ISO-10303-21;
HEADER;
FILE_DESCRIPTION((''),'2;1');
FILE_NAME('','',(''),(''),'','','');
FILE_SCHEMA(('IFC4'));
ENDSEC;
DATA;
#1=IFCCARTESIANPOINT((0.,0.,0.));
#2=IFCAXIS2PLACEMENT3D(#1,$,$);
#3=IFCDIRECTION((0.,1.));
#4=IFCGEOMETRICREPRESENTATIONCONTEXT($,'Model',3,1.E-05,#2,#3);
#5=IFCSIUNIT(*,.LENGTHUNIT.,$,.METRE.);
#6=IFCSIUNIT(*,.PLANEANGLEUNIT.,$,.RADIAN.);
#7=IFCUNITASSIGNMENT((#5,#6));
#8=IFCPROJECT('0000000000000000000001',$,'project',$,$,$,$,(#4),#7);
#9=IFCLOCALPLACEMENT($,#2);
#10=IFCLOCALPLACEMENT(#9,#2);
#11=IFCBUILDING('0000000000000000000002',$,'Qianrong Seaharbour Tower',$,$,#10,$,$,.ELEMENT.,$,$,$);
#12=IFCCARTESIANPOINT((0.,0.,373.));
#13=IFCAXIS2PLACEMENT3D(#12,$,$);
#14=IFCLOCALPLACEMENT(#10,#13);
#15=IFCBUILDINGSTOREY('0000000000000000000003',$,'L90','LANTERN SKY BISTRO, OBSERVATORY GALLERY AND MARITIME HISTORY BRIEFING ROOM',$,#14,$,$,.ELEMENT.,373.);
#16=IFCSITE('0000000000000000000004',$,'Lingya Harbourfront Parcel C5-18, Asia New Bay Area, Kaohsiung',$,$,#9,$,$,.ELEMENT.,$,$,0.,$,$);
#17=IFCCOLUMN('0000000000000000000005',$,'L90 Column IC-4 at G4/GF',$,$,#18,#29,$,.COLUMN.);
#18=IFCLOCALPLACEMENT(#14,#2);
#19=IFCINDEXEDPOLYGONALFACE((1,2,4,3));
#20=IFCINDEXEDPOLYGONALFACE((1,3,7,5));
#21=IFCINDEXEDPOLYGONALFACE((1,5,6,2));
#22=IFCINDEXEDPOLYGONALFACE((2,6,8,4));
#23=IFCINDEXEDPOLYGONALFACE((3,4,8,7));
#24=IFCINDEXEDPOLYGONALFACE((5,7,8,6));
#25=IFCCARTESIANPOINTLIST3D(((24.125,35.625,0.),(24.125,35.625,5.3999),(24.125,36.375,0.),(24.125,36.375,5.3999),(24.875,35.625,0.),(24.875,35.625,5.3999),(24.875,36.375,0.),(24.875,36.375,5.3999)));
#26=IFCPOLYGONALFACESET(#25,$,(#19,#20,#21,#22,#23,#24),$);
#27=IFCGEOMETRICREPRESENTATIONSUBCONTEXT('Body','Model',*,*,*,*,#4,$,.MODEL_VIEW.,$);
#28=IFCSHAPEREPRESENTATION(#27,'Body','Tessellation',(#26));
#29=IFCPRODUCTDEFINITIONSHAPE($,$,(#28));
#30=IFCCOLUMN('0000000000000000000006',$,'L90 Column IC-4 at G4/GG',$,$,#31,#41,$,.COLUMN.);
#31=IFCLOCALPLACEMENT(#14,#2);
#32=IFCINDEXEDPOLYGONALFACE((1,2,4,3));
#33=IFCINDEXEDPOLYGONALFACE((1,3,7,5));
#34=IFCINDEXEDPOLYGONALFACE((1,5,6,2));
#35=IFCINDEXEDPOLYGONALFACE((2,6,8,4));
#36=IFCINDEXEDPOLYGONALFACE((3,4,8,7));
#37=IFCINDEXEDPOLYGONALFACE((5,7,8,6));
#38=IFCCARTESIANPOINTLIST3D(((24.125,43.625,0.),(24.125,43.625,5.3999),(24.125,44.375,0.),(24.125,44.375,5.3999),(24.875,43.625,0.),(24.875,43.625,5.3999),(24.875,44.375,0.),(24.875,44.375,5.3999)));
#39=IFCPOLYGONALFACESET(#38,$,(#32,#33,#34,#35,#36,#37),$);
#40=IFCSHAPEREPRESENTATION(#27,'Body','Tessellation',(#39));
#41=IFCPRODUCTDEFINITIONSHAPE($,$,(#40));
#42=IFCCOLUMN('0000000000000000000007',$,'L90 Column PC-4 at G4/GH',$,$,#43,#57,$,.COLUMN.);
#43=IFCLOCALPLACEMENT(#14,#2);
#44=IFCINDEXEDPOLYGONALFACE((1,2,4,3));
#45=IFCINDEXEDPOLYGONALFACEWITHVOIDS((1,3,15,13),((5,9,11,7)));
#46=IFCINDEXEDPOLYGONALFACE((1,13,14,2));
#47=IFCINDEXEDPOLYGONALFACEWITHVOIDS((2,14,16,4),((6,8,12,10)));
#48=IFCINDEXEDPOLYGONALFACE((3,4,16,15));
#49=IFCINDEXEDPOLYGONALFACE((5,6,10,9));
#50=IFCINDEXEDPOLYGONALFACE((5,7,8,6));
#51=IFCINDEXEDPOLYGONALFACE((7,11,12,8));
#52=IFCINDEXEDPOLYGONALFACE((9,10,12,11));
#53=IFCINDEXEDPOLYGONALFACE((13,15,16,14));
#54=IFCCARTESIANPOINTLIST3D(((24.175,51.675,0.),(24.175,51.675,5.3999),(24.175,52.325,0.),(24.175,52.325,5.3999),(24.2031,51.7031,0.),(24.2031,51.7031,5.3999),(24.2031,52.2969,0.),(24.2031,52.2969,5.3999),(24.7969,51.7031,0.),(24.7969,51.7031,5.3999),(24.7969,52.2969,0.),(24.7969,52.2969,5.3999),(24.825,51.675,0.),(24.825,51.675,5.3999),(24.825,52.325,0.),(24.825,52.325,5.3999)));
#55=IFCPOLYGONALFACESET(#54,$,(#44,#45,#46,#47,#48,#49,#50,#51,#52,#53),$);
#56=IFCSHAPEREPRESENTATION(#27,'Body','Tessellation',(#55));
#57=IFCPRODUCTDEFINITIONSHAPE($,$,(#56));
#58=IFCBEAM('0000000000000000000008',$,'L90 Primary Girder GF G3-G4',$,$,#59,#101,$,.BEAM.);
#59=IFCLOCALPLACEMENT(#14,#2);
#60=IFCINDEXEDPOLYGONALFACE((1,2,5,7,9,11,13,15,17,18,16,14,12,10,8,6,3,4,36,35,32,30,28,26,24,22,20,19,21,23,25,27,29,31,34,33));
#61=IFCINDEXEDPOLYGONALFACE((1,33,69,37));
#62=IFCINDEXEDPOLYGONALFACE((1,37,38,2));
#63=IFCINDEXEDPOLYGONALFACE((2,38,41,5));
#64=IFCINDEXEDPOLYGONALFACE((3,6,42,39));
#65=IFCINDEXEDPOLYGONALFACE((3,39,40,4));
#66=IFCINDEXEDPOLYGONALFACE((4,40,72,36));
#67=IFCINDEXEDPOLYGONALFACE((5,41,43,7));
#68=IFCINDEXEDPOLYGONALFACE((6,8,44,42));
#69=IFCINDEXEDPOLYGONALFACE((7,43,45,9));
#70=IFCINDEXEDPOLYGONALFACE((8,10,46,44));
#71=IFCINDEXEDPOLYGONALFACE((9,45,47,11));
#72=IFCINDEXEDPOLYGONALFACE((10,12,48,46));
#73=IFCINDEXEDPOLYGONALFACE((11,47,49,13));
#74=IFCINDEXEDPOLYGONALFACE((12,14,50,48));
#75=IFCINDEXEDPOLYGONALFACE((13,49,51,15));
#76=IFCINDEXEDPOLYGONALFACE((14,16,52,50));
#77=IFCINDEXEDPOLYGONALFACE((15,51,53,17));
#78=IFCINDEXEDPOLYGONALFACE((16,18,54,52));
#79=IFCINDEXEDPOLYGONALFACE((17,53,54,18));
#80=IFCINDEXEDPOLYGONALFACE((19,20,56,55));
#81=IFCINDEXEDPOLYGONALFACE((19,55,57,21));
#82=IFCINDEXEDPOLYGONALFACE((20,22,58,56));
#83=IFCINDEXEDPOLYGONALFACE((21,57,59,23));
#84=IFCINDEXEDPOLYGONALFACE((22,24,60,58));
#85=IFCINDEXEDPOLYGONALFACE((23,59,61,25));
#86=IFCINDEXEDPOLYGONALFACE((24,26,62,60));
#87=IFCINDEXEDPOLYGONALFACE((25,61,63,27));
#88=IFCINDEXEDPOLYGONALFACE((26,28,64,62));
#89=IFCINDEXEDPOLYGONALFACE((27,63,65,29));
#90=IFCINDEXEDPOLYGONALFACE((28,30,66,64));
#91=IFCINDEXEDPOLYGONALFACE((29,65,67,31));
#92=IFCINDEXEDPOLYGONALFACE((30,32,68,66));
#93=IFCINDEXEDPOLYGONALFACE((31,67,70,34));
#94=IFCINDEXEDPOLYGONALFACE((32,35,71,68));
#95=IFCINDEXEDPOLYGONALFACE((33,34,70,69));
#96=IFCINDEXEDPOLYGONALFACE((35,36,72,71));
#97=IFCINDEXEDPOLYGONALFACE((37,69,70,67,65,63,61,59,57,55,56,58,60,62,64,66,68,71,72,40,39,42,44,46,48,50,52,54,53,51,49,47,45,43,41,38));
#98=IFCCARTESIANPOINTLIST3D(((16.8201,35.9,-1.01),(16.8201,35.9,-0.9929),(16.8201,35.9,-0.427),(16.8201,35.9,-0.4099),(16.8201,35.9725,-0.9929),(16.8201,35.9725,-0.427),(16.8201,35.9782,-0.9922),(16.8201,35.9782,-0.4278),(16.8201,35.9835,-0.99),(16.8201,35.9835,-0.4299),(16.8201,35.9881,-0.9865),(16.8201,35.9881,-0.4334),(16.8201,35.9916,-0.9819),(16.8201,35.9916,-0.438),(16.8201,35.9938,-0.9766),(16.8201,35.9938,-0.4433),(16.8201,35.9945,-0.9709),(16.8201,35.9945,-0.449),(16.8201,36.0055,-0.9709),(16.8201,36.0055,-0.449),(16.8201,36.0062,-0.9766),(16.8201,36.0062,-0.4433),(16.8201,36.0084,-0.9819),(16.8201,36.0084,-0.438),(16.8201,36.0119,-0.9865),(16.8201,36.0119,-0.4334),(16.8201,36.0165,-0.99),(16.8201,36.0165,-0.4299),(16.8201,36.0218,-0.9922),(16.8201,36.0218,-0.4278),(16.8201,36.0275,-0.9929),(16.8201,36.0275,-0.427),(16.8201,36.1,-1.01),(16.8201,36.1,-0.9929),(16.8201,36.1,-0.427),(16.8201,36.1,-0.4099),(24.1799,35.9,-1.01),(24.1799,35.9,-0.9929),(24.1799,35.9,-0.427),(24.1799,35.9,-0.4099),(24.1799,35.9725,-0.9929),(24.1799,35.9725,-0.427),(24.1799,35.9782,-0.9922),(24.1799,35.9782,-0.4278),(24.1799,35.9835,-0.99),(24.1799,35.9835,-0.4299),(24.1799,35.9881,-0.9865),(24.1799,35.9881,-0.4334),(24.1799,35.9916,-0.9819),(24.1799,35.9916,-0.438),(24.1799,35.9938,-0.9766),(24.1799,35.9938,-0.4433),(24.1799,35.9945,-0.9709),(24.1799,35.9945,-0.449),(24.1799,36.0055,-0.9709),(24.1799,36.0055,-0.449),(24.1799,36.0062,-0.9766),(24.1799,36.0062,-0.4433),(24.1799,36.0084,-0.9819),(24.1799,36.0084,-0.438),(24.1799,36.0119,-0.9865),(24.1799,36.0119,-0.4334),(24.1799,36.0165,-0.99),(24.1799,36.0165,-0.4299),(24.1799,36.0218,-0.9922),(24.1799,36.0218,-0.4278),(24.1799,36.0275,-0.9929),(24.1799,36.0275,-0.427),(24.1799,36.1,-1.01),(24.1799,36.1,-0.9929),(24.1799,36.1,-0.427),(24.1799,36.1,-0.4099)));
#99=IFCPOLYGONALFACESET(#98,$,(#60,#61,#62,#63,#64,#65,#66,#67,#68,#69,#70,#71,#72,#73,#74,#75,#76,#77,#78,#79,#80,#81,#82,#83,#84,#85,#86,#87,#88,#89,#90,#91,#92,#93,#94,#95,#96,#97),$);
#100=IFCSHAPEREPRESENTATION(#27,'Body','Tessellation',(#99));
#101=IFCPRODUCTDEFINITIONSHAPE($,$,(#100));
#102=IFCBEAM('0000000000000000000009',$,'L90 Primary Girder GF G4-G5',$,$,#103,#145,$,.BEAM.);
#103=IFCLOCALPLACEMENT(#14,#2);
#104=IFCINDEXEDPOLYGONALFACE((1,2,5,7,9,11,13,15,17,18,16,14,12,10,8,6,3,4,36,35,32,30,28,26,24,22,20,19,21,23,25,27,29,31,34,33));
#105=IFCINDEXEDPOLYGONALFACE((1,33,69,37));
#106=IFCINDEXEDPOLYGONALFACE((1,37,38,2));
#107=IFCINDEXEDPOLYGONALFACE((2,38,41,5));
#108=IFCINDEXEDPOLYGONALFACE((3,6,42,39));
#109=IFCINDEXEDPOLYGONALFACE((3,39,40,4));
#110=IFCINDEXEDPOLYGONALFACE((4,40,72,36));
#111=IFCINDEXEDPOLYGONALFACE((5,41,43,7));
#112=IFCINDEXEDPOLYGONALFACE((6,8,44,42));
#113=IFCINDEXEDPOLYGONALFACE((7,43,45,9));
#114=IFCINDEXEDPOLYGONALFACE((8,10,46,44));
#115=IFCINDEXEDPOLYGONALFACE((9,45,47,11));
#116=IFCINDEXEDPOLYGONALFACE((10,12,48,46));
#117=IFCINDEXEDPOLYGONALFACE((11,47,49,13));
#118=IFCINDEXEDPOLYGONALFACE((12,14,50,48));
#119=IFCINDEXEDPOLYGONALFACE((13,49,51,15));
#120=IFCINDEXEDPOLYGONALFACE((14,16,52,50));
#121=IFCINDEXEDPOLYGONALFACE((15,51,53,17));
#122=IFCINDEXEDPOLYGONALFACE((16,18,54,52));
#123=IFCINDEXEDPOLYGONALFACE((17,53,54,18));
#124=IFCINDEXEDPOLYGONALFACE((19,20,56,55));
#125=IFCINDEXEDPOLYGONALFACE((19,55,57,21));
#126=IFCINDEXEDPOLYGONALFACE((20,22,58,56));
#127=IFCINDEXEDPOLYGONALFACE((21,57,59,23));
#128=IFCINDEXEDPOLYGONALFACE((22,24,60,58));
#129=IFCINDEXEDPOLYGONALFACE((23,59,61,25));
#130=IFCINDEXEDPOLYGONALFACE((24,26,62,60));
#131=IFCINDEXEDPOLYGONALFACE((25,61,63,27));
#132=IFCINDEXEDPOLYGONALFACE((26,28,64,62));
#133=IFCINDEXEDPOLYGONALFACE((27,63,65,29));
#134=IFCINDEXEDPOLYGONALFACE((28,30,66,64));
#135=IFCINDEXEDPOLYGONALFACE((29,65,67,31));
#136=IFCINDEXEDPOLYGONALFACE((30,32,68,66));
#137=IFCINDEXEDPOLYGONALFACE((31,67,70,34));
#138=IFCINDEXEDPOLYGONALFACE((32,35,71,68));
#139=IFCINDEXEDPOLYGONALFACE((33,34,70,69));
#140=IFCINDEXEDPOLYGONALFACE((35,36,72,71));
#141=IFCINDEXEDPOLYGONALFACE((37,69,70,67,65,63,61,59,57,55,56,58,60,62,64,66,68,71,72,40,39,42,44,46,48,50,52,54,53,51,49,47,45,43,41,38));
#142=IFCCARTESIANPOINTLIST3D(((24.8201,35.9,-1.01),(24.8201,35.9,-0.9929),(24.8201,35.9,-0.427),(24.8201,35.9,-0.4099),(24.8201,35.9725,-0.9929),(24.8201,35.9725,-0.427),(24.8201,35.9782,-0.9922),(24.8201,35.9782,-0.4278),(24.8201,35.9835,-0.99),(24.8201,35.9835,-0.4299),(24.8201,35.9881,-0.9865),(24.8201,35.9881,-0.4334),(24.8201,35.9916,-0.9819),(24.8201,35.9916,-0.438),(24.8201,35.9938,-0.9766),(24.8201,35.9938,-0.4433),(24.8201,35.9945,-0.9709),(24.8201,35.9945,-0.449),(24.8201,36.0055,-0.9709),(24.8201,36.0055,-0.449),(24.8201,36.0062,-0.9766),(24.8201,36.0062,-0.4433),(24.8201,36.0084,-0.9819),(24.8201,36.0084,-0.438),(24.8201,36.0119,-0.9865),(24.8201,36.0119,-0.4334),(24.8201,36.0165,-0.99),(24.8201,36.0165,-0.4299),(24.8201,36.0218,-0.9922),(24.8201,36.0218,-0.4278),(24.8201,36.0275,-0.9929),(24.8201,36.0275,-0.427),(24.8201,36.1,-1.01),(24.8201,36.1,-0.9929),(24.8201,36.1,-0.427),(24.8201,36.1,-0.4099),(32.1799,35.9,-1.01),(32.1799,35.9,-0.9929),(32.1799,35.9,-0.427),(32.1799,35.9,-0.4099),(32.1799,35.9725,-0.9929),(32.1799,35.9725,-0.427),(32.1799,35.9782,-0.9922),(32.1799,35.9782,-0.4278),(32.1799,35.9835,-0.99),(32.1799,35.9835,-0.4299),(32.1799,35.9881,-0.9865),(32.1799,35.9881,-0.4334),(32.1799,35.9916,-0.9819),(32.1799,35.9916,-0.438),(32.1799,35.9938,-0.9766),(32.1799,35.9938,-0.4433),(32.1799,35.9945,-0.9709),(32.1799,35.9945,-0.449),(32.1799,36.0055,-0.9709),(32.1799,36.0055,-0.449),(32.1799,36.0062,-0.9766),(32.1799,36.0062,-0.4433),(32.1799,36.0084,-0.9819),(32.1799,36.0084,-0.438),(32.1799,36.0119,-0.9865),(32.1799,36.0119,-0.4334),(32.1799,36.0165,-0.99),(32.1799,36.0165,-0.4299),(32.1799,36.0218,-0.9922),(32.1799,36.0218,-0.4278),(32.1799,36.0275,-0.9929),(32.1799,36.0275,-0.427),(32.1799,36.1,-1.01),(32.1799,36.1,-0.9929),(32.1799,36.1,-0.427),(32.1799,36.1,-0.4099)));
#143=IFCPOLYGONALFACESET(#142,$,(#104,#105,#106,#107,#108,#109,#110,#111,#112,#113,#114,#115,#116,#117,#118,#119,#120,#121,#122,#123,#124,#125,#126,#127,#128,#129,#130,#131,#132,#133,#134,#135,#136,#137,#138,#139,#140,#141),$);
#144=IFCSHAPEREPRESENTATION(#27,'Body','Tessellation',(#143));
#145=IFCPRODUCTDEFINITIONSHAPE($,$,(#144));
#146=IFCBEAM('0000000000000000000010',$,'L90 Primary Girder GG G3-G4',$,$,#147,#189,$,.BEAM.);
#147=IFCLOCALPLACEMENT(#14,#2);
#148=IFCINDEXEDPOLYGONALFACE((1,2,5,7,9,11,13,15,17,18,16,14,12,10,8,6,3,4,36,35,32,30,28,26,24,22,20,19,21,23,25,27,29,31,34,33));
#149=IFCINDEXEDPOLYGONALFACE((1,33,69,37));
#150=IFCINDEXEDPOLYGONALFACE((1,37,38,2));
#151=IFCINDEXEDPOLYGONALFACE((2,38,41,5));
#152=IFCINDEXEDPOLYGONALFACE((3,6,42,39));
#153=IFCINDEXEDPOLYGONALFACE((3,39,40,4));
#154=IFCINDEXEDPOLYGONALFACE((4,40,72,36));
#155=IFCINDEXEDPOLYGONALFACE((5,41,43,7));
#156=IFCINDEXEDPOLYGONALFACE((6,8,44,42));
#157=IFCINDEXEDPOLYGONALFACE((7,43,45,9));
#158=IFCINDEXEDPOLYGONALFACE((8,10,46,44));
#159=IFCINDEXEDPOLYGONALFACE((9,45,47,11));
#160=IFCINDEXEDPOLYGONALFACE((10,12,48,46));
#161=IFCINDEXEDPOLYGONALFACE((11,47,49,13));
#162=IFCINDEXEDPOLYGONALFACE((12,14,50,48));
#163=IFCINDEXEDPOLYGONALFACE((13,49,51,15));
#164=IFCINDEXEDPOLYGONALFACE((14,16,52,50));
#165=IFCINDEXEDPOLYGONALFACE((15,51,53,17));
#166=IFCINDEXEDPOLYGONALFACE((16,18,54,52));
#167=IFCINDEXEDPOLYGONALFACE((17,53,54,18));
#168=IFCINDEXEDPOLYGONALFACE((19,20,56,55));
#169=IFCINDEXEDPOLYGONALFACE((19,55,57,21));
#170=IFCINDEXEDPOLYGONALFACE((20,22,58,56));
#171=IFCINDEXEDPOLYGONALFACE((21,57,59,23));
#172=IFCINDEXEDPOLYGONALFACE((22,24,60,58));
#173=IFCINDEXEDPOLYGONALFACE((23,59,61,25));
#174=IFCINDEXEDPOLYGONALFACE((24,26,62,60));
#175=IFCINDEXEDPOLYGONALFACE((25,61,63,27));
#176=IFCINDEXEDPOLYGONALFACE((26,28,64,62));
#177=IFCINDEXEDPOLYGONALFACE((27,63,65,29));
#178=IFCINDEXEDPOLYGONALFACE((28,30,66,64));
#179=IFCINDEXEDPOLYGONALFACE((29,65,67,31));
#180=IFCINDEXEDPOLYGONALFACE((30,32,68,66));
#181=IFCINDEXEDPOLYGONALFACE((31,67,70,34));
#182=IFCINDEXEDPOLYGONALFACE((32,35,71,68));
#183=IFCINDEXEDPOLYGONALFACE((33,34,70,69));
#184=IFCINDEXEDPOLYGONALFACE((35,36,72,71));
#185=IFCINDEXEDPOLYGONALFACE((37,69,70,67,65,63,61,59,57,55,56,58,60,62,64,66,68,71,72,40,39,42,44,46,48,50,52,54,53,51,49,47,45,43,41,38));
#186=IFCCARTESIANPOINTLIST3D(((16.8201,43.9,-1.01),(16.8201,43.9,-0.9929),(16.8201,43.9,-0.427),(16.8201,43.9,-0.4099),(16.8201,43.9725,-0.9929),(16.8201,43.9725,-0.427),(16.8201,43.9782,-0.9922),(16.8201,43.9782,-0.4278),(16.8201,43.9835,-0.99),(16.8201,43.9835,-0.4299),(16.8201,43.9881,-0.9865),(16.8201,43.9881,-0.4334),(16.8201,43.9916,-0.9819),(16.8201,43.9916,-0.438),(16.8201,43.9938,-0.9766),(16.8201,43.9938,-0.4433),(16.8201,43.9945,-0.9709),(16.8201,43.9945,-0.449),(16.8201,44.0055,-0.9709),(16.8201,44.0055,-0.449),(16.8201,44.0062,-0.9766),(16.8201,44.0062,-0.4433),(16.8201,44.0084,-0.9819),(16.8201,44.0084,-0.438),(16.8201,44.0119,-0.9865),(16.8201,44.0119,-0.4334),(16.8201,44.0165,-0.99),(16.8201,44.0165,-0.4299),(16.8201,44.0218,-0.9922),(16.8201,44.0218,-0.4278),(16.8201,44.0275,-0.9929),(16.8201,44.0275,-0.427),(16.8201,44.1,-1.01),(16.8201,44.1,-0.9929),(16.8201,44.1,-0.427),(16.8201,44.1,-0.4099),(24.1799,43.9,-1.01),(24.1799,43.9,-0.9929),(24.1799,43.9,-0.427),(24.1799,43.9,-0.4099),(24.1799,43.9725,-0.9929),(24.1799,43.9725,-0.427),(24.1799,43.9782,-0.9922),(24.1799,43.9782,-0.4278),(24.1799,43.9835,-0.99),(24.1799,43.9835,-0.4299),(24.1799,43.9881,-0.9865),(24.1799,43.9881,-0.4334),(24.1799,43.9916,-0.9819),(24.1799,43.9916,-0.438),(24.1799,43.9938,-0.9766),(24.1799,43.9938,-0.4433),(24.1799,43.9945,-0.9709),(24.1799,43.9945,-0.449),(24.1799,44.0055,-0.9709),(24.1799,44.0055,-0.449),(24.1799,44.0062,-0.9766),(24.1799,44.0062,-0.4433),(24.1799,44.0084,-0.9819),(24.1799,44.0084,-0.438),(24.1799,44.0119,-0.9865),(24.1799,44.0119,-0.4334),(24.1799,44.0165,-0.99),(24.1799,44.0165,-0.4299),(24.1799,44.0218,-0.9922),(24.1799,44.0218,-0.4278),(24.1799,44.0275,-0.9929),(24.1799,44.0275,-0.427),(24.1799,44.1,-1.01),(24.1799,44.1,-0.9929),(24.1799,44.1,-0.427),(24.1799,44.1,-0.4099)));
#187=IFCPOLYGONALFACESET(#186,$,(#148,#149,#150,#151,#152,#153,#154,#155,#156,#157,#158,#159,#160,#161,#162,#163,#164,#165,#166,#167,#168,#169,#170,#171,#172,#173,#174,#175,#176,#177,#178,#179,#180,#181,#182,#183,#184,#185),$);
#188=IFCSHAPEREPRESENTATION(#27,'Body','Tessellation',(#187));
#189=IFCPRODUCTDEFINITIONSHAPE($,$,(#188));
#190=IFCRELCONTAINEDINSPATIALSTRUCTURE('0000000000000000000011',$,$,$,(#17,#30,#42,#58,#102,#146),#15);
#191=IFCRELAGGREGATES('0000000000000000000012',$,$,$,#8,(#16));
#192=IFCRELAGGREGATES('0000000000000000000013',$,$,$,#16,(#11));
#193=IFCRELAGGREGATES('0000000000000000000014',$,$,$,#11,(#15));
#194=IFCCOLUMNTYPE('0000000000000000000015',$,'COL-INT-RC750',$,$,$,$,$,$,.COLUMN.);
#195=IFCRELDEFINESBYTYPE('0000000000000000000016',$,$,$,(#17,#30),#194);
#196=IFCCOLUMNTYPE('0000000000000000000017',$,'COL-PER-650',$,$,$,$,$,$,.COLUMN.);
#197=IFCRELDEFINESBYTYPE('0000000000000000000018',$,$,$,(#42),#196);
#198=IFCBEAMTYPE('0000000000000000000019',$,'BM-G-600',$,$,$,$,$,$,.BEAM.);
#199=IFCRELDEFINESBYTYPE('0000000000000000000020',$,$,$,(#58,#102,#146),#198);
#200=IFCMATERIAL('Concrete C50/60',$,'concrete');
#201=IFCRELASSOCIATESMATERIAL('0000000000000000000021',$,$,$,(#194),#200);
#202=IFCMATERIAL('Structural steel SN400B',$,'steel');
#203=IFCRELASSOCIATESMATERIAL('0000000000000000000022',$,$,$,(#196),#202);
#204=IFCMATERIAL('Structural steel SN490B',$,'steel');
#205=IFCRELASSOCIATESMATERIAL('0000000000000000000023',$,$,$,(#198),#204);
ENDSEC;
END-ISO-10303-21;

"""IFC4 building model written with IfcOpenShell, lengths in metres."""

from ifc_helpers import new_model, si_unit, direction, frame, origin, origin_2d, place, context, subcontext, project, spatial, rectangle, hollow_rectangle, i_section, extrude, material, material_profile, profile_set, type_object, element, save


model = new_model("IFC4")

# Units and contexts
model_context = context("Model", 3, precision=1e-05, world=origin(), true_north=direction((0.0, 1.0)))
body_context = subcontext(model_context, "Body", "Model", "MODEL_VIEW")
ifc_project = project(units=[si_unit("LENGTHUNIT", "METRE"), si_unit("PLANEANGLEUNIT", "RADIAN")], contexts=[model_context])

# Site, building, storey
site_placement = place(None, origin())
site = spatial("IfcSite", under=ifc_project, at=site_placement, Name="Lingya Harbourfront Parcel C5-18, Asia New Bay Area, Kaohsiung", CompositionType="ELEMENT", RefElevation=0.0)
building_placement = place(site_placement, origin())
building = spatial("IfcBuilding", under=site, at=building_placement, Name="Qianrong Seaharbour Tower", CompositionType="ELEMENT")
storey_placement = place(building_placement, frame((0.0, 0.0, 373.0)))
storey = spatial("IfcBuildingStorey", under=building, at=storey_placement, Name="L90", Description="LANTERN SKY BISTRO, OBSERVATORY GALLERY AND MARITIME HISTORY BRIEFING ROOM", CompositionType="ELEMENT", Elevation=373.0)

# Columns
ifc_material_1 = material(Name="Concrete C50/60", Category="concrete")
ifc_material_profile_1 = material_profile(ifc_material_1, rectangle(XDim=0.75, YDim=0.75, at=origin_2d()), Name="RC750x750")
ifc_profile_set_1 = profile_set([ifc_material_profile_1], Name="Concrete C50/60")
column_type_1 = type_object("IfcColumnType", Name="COL-INT-RC750", PredefinedType="COLUMN", material=ifc_profile_set_1)
for number, where, z_axis, x_axis, name in (
    (1, (24.5, 36.0, 0.0), (0.0, 0.0, 1.0), (1.0, 0.0, 0.0), "L90 Column IC-4 at G4/GF"),
    (2, (24.5, 44.0, 0.0), (0.0, 0.0, 1.0), (1.0, 0.0, 0.0), "L90 Column IC-4 at G4/GG"),
):
    element("IfcColumn", number, at=place(storey_placement, frame(where, z_axis=z_axis, x_axis=x_axis)), inside=storey, type_object=column_type_1, Name=name, PredefinedType="COLUMN", context=body_context, shape_type="SweptSolid", body=[
        extrude(rectangle(XDim=0.75, YDim=0.75, at=origin_2d()), origin(), (0.0, 0.0, 1.0), 5.3999),
    ])
ifc_material_2 = material(Name="Structural steel SN400B", Category="steel")
ifc_material_profile_2 = material_profile(ifc_material_2, hollow_rectangle(XDim=0.6499, YDim=0.6499, WallThickness=0.0281, at=origin_2d()), Name="BOX650x650x28")
ifc_profile_set_2 = profile_set([ifc_material_profile_2], Name="Structural steel SN400B")
column_type_2 = type_object("IfcColumnType", Name="COL-PER-650", PredefinedType="COLUMN", material=ifc_profile_set_2)
column_placement = place(storey_placement, frame((24.5, 52.0, 0.0), z_axis=(0.0, 0.0, 1.0), x_axis=(1.0, 0.0, 0.0)))
element("IfcColumn", 3, at=column_placement, inside=storey, type_object=column_type_2, Name="L90 Column PC-4 at G4/GH", PredefinedType="COLUMN", context=body_context, shape_type="SweptSolid", body=[
    extrude(hollow_rectangle(XDim=0.6499, YDim=0.6499, WallThickness=0.0281, at=origin_2d()), origin(), (0.0, 0.0, 1.0), 5.3999),
])

# Beams
ifc_material_3 = material(Name="Structural steel SN490B", Category="steel")
ifc_material_profile_3 = material_profile(ifc_material_3, i_section(OverallWidth=0.2, OverallDepth=0.6001, WebThickness=0.011, FlangeThickness=0.0171, FilletRadius=0.022, at=origin_2d()), Name="H600x200x11x17")
ifc_profile_set_3 = profile_set([ifc_material_profile_3], Name="Structural steel SN490B")
beam_type_1 = type_object("IfcBeamType", Name="BM-G-600", PredefinedType="BEAM", material=ifc_profile_set_3)
for number, where, z_axis, x_axis, name in (
    (4, (16.8201, 36.0, -0.71), (1.0, 0.0, 0.0), (0.0, 1.0, 0.0), "L90 Primary Girder GF G3-G4"),
    (5, (24.8201, 36.0, -0.71), (1.0, 0.0, 0.0), (0.0, 1.0, 0.0), "L90 Primary Girder GF G4-G5"),
    (6, (16.8201, 44.0, -0.71), (1.0, 0.0, 0.0), (0.0, 1.0, 0.0), "L90 Primary Girder GG G3-G4"),
):
    element("IfcBeam", number, at=place(storey_placement, frame(where, z_axis=z_axis, x_axis=x_axis)), inside=storey, type_object=beam_type_1, Name=name, PredefinedType="BEAM", context=body_context, shape_type="SweptSolid", body=[
        extrude(i_section(OverallWidth=0.2, OverallDepth=0.6001, WebThickness=0.011, FlangeThickness=0.0171, FilletRadius=0.022, at=origin_2d()), origin(), (0.0, 0.0, 1.0), 7.3599),
    ])

save(model, "model.ifc")
